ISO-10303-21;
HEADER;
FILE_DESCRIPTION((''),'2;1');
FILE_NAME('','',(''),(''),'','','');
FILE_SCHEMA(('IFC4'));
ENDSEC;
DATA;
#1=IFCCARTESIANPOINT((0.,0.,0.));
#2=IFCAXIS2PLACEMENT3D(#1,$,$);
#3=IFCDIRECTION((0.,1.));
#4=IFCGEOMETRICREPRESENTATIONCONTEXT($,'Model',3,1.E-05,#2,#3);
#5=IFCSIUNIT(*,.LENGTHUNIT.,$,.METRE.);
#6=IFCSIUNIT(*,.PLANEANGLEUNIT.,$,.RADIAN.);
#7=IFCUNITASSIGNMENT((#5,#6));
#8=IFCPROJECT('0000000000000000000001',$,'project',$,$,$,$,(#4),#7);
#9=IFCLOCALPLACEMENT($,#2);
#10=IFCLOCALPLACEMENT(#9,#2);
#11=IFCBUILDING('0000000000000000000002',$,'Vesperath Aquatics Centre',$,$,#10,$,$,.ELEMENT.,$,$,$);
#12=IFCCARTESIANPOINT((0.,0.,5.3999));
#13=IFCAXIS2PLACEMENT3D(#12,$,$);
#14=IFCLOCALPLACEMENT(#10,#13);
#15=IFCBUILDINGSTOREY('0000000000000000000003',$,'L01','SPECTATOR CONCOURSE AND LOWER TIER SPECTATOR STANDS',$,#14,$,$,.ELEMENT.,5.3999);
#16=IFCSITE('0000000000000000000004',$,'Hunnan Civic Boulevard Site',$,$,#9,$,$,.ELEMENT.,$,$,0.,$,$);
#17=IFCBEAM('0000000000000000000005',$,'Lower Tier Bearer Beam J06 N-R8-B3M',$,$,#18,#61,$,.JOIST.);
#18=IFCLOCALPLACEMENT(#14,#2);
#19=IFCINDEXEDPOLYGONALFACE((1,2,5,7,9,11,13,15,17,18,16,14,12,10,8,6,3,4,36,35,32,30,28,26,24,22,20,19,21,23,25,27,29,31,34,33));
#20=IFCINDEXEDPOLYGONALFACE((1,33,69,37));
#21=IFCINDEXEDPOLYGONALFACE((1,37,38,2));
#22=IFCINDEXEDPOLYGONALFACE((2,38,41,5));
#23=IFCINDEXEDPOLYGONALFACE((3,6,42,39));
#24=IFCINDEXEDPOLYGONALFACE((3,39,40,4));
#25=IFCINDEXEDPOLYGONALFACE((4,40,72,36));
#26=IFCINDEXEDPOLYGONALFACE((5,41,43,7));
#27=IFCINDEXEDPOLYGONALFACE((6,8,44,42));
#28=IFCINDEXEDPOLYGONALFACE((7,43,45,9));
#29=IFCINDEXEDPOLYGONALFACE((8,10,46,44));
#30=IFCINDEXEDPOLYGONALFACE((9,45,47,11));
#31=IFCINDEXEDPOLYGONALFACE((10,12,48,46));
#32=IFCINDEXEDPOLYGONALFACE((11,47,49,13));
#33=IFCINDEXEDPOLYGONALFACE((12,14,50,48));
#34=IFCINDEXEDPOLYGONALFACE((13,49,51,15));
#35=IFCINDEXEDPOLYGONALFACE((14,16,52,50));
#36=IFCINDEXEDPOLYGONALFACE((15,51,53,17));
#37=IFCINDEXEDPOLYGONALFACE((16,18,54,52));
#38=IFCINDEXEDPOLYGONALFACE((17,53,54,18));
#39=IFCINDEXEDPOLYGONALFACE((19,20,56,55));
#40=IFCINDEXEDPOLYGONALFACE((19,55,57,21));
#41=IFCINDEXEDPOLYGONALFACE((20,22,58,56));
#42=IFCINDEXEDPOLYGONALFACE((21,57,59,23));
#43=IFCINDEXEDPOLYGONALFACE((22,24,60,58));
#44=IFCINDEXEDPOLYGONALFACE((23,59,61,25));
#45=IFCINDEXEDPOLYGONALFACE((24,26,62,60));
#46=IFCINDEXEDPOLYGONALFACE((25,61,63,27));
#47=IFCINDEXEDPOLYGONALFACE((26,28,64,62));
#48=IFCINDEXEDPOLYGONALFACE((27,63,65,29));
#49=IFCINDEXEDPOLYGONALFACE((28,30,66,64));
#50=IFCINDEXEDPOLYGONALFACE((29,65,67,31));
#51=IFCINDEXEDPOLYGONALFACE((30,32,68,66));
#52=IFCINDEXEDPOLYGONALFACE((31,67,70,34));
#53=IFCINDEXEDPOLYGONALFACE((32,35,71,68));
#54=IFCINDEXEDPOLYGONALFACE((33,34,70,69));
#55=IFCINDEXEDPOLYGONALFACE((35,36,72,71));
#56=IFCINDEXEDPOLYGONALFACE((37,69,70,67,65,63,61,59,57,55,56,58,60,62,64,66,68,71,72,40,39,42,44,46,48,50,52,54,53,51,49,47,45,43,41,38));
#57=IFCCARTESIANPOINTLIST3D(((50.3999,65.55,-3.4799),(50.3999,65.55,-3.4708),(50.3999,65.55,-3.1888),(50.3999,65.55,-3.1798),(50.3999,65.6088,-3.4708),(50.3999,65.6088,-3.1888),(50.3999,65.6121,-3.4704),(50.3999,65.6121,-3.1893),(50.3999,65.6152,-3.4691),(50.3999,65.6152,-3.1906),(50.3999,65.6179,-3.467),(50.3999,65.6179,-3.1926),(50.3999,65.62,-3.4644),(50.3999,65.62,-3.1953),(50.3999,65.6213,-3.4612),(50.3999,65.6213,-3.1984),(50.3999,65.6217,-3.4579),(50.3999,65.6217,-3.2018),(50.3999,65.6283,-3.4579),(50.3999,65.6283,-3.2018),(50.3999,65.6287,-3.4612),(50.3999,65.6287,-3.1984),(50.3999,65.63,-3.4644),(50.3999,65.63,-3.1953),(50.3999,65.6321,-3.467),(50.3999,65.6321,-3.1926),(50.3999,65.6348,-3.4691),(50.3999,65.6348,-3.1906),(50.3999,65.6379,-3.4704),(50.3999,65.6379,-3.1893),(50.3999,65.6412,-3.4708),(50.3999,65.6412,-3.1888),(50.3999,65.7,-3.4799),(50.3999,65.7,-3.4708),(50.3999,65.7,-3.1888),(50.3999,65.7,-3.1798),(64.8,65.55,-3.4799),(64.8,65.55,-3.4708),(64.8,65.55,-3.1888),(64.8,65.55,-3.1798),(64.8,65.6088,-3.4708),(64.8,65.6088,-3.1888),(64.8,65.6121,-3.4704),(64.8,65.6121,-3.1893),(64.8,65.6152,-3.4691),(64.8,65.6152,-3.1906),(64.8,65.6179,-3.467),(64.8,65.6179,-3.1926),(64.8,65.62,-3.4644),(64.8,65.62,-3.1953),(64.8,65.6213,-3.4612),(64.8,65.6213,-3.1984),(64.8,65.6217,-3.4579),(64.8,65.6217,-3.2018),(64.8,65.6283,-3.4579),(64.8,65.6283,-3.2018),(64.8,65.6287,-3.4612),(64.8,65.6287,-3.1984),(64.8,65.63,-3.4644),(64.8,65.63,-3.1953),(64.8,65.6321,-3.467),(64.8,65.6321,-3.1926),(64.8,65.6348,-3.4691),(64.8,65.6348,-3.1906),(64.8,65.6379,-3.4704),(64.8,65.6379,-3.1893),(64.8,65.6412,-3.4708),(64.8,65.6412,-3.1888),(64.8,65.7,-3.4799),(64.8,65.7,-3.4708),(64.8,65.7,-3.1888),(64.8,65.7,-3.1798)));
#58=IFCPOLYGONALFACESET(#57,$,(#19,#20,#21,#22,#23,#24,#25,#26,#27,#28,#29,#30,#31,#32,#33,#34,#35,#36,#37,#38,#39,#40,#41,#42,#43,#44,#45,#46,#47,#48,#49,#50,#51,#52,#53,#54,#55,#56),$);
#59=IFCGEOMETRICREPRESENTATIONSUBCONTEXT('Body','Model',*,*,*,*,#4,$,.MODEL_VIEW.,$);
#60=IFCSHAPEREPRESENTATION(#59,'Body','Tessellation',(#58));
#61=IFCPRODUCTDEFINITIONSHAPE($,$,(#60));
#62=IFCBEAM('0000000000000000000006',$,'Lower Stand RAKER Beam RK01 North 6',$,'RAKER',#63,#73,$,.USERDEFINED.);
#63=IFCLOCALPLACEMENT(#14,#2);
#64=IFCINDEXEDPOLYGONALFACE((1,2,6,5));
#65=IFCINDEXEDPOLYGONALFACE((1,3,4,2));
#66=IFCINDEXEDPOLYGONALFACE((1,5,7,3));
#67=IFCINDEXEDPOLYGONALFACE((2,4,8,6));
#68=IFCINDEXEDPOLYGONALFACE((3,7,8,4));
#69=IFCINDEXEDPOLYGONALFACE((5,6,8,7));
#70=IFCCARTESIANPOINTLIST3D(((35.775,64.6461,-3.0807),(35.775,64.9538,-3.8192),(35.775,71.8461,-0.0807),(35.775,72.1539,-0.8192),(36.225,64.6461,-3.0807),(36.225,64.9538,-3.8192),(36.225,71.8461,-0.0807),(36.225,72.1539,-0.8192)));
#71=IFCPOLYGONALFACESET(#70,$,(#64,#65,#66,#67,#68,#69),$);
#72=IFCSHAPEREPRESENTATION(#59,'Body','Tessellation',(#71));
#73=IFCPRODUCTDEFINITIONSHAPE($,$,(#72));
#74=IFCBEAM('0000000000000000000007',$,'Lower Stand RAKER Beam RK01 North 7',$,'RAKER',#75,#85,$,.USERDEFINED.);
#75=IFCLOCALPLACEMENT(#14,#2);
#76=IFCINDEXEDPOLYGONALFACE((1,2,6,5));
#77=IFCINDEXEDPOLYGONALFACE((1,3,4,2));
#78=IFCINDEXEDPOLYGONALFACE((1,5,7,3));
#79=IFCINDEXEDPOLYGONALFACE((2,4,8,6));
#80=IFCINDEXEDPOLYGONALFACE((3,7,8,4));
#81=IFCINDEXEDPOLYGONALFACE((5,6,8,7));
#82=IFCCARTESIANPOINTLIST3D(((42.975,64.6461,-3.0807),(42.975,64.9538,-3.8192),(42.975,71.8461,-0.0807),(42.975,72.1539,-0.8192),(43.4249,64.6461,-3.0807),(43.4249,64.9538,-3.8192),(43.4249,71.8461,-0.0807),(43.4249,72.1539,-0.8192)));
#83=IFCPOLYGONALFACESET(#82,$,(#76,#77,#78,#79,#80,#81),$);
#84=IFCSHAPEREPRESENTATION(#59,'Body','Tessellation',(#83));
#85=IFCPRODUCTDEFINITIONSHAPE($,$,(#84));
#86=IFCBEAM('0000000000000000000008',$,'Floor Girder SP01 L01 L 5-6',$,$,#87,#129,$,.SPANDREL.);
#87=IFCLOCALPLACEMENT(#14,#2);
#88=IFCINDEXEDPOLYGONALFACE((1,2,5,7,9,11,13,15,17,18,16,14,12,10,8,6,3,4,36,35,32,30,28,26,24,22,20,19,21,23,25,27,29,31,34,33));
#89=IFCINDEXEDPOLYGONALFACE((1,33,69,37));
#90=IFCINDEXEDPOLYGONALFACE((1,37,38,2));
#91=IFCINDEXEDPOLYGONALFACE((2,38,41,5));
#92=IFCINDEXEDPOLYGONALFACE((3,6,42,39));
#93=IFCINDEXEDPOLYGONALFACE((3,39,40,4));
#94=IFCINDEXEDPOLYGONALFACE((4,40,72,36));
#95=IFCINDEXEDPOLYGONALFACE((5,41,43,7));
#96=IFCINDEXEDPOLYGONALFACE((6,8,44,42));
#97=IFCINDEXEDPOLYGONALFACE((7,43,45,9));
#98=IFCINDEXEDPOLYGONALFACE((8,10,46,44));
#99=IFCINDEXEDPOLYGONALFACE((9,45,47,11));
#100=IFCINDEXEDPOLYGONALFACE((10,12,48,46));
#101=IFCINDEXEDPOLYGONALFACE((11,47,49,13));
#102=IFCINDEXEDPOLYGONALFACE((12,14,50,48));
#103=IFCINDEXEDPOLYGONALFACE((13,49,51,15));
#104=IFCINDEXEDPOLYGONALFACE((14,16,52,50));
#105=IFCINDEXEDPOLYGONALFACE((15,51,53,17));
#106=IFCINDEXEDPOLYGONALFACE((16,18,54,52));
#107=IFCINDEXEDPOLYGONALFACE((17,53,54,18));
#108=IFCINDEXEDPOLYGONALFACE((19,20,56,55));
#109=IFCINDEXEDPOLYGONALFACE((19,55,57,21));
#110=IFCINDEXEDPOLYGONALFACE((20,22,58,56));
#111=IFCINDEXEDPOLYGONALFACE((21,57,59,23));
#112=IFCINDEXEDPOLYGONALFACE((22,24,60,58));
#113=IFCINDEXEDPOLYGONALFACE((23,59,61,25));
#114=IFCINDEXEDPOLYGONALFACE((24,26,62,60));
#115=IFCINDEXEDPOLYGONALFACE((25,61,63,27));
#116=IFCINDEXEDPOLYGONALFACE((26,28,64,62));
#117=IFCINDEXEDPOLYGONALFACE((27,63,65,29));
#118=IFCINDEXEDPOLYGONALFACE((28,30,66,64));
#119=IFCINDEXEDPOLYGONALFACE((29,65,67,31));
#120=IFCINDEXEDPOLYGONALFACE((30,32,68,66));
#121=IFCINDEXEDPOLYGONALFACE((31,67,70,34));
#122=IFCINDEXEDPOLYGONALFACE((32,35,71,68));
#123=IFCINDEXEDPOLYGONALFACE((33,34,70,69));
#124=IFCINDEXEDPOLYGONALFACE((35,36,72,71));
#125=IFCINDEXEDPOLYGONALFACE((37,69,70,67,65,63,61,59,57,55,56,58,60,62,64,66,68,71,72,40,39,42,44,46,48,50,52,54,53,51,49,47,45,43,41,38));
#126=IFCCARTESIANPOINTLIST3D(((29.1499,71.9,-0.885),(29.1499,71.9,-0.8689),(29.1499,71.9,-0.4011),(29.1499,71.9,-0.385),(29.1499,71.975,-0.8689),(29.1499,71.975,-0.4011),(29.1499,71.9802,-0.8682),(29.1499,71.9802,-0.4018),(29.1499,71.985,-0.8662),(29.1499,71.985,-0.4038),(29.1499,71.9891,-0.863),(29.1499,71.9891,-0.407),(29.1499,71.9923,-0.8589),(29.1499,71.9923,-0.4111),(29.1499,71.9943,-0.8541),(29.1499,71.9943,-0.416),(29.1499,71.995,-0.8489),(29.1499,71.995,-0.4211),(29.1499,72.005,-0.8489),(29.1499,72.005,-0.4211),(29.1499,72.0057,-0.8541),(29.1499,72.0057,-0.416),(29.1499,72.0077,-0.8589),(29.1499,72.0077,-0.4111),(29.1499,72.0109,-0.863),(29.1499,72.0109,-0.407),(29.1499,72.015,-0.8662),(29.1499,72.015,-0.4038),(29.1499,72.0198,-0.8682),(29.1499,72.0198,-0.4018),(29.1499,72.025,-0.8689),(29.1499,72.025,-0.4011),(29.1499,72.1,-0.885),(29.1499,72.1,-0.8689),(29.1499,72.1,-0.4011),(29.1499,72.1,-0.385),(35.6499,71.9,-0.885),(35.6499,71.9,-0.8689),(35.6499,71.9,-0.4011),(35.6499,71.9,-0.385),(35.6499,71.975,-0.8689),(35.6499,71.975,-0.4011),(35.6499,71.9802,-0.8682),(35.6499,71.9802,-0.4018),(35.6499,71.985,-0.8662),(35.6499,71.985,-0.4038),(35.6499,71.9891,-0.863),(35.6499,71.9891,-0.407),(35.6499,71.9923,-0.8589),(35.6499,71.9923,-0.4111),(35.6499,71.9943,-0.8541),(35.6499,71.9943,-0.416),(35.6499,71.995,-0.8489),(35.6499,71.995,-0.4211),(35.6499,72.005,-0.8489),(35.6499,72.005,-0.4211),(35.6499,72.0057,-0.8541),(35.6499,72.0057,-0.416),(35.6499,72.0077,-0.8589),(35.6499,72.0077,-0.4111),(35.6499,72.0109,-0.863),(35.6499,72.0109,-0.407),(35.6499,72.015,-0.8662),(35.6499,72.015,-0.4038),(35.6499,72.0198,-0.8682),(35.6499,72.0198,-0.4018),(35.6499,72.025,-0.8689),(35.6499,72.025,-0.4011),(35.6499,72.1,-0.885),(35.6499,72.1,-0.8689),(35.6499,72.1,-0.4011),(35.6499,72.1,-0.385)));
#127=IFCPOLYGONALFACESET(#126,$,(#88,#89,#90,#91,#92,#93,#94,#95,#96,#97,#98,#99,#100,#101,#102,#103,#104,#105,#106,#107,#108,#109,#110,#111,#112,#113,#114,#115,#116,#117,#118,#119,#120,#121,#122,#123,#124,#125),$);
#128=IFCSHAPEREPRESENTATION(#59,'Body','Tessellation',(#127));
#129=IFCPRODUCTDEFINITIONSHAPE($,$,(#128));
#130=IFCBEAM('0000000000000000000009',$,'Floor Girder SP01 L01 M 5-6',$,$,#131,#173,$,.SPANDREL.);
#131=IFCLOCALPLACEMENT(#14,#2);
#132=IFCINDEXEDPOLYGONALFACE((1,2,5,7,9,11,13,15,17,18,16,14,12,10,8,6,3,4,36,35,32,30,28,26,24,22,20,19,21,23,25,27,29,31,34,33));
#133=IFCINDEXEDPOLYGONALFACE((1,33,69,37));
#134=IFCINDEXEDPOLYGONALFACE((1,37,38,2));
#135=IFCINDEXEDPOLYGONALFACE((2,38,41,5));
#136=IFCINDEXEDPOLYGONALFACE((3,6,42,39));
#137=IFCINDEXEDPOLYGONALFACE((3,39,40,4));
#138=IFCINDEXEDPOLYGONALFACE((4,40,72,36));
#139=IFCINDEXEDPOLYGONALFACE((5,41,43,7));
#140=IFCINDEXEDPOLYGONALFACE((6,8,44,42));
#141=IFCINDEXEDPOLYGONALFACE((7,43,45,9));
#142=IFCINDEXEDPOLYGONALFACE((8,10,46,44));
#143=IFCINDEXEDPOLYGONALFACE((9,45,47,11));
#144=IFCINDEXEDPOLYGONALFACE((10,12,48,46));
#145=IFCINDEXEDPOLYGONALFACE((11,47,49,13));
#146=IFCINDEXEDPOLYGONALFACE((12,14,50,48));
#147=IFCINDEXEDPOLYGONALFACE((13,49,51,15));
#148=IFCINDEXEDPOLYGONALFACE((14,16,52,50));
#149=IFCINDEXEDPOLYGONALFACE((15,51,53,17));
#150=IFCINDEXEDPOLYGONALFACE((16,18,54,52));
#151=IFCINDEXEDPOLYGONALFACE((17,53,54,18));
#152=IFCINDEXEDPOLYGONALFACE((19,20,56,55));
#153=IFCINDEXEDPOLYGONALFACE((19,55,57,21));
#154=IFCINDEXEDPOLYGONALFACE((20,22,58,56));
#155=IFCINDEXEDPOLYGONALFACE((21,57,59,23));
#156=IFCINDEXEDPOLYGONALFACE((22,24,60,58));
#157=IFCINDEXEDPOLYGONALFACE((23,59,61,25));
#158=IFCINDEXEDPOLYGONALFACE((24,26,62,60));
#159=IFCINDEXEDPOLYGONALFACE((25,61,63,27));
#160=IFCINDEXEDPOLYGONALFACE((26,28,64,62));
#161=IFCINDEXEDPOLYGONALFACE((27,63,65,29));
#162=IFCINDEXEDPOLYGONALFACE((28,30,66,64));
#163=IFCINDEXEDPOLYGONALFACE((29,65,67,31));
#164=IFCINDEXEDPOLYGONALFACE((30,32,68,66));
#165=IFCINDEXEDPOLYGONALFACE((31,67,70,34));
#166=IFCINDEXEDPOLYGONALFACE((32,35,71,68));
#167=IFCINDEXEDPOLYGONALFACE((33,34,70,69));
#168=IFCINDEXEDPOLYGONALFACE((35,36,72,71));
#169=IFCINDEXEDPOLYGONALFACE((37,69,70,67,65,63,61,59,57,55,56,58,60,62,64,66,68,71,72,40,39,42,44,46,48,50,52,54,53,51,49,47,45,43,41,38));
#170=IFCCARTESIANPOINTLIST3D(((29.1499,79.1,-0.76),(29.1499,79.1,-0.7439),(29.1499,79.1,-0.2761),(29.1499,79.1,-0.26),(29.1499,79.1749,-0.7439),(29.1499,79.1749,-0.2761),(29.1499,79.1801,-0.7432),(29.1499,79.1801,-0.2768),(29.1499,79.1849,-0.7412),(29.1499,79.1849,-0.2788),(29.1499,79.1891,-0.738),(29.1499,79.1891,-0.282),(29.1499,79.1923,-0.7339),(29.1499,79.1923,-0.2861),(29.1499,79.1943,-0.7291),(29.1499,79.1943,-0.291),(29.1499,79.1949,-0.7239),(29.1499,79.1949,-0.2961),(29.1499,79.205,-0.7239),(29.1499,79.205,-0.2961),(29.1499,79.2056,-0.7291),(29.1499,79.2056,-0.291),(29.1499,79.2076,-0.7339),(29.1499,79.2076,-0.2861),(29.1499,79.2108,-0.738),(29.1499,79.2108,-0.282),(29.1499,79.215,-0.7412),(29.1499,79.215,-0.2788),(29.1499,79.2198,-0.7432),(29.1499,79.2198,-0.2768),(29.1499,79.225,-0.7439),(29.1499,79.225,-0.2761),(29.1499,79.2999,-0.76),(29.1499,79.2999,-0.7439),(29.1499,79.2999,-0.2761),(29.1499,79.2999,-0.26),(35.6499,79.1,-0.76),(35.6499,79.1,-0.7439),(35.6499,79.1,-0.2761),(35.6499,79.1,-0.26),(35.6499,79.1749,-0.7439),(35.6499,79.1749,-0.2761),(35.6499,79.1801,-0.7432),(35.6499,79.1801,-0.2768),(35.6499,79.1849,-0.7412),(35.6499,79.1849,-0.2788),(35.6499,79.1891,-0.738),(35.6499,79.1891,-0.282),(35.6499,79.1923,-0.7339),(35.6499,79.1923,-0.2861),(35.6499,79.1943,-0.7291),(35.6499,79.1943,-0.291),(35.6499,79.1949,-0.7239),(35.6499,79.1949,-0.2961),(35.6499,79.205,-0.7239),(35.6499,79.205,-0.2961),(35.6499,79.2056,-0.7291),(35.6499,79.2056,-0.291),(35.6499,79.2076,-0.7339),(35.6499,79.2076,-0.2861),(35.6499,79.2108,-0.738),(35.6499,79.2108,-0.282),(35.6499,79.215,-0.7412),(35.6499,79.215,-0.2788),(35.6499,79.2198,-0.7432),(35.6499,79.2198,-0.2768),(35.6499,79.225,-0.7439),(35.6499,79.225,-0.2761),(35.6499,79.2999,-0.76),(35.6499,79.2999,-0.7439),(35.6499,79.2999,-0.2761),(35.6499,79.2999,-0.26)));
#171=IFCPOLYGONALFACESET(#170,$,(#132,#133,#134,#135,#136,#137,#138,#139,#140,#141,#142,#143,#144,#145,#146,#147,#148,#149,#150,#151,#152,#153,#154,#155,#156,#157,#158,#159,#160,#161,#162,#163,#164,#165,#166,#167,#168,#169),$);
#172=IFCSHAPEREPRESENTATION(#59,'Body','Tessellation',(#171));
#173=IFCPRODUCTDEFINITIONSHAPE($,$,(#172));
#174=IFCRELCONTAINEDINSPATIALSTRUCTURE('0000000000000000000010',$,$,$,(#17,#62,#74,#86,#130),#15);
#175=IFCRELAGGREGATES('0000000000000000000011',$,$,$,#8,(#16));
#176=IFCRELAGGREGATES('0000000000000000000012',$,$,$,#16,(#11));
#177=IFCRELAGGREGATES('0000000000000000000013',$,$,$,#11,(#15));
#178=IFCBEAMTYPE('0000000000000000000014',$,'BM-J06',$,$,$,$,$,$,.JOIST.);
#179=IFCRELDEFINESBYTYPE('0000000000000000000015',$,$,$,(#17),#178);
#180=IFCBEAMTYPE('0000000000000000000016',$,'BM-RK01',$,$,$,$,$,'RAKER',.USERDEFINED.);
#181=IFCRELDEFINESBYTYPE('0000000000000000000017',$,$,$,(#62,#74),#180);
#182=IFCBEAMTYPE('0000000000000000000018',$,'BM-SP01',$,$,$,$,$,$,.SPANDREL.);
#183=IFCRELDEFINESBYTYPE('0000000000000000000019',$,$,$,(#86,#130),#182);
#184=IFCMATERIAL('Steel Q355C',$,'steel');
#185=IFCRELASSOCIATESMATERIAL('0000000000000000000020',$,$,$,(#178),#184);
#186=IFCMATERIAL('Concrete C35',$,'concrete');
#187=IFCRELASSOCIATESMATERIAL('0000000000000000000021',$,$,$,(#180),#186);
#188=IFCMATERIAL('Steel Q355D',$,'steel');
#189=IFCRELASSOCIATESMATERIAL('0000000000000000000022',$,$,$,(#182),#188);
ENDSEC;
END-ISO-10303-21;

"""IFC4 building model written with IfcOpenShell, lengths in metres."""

from ifc_helpers import new_model, si_unit, direction, frame, origin, origin_2d, place, context, subcontext, project, spatial, rectangle, i_section, extrude, material, material_profile, profile_set, type_object, element, save


model = new_model("IFC4")

# Units and contexts
model_context = context("Model", 3, precision=1e-05, world=origin(), true_north=direction((0.0, 1.0)))
body_context = subcontext(model_context, "Body", "Model", "MODEL_VIEW")
ifc_project = project(units=[si_unit("LENGTHUNIT", "METRE"), si_unit("PLANEANGLEUNIT", "RADIAN")], contexts=[model_context])

# Site, building, storey
site_placement = place(None, origin())
site = spatial("IfcSite", under=ifc_project, at=site_placement, Name="Hunnan Civic Boulevard Site", CompositionType="ELEMENT", RefElevation=0.0)
building_placement = place(site_placement, origin())
building = spatial("IfcBuilding", under=site, at=building_placement, Name="Vesperath Aquatics Centre", CompositionType="ELEMENT")
storey_placement = place(building_placement, frame((0.0, 0.0, 5.3999)))
storey = spatial("IfcBuildingStorey", under=building, at=storey_placement, Name="L01", Description="SPECTATOR CONCOURSE AND LOWER TIER SPECTATOR STANDS", CompositionType="ELEMENT", Elevation=5.3999)

# Beams
ifc_material_1 = material(Name="Concrete C35", Category="concrete")
ifc_material_2 = material(Name="Steel Q355C", Category="steel")
ifc_material_profile_1 = material_profile(ifc_material_2, i_section(OverallWidth=0.1499, OverallDepth=0.3, WebThickness=0.0066, FlangeThickness=0.009, FilletRadius=0.0129, at=origin_2d()), Name="HN 300x150x6.5x9")
ifc_profile_set_1 = profile_set([ifc_material_profile_1], Name="Steel Q355C")
beam_type_1 = type_object("IfcBeamType", Name="BM-J06", PredefinedType="JOIST", material=ifc_profile_set_1)
for number, where, z_axis, x_axis, name in (
    (1, (50.3999, 65.625, -3.3298), (1.0, 0.0, 0.0), (0.0, 1.0, 0.0), "Lower Tier Bearer Beam J06 N-R8-B3M"),
):
    element("IfcBeam", number, at=place(storey_placement, frame(where, z_axis=z_axis, x_axis=x_axis)), inside=storey, type_object=beam_type_1, Name=name, PredefinedType="JOIST", context=body_context, shape_type="SweptSolid", body=[
        extrude(i_section(OverallWidth=0.1499, OverallDepth=0.3, WebThickness=0.0066, FlangeThickness=0.009, FilletRadius=0.0129, at=origin_2d()), origin(), (0.0, 0.0, 1.0), 14.4001),
    ])
ifc_material_profile_2 = material_profile(ifc_material_1, rectangle(XDim=0.45, YDim=0.8, at=origin_2d()), Name="RC 450x800")
ifc_profile_set_2 = profile_set([ifc_material_profile_2], Name="Concrete C35")
beam_type_2 = type_object("IfcBeamType", Name="BM-RK01", ElementType="RAKER", PredefinedType="USERDEFINED", material=ifc_profile_set_2)
for number, where, z_axis, x_axis, name in (
    (2, (36.0, 72.0, -0.45), (0.0, -0.923076, -0.384618), (1.0, 0.0, 0.0), "Lower Stand RAKER Beam RK01 North 6"),
    (3, (43.2, 72.0, -0.45), (0.0, -0.923076, -0.384618), (1.0, 0.0, 0.0), "Lower Stand RAKER Beam RK01 North 7"),
):
    element("IfcBeam", number, at=place(storey_placement, frame(where, z_axis=z_axis, x_axis=x_axis)), inside=storey, type_object=beam_type_2, Name=name, ObjectType="RAKER", PredefinedType="USERDEFINED", context=body_context, shape_type="SweptSolid", body=[
        extrude(rectangle(XDim=0.45, YDim=0.8, at=origin_2d()), origin(), (0.0, 0.0, 1.0), 7.8),
    ])
ifc_material_3 = material(Name="Steel Q355D", Category="steel")
ifc_material_profile_3 = material_profile(ifc_material_3, i_section(OverallWidth=0.2, OverallDepth=0.5, WebThickness=0.01, FlangeThickness=0.0161, FilletRadius=0.02, at=origin_2d()), Name="HN 500x200x10x16")
ifc_profile_set_3 = profile_set([ifc_material_profile_3], Name="Steel Q355D")
beam_type_3 = type_object("IfcBeamType", Name="BM-SP01", PredefinedType="SPANDREL", material=ifc_profile_set_3)
for number, where, z_axis, x_axis, name in (
    (4, (29.1499, 72.0, -0.635), (1.0, 0.0, 0.0), (0.0, 1.0, 0.0), "Floor Girder SP01 L01 L 5-6"),
    (5, (29.1499, 79.2, -0.51), (1.0, 0.0, 0.0), (0.0, 1.0, 0.0), "Floor Girder SP01 L01 M 5-6"),
):
    element("IfcBeam", number, at=place(storey_placement, frame(where, z_axis=z_axis, x_axis=x_axis)), inside=storey, type_object=beam_type_3, Name=name, PredefinedType="SPANDREL", context=body_context, shape_type="SweptSolid", body=[
        extrude(i_section(OverallWidth=0.2, OverallDepth=0.5, WebThickness=0.01, FlangeThickness=0.0161, FilletRadius=0.02, at=origin_2d()), origin(), (0.0, 0.0, 1.0), 6.5),
    ])

save(model, "model.ifc")
